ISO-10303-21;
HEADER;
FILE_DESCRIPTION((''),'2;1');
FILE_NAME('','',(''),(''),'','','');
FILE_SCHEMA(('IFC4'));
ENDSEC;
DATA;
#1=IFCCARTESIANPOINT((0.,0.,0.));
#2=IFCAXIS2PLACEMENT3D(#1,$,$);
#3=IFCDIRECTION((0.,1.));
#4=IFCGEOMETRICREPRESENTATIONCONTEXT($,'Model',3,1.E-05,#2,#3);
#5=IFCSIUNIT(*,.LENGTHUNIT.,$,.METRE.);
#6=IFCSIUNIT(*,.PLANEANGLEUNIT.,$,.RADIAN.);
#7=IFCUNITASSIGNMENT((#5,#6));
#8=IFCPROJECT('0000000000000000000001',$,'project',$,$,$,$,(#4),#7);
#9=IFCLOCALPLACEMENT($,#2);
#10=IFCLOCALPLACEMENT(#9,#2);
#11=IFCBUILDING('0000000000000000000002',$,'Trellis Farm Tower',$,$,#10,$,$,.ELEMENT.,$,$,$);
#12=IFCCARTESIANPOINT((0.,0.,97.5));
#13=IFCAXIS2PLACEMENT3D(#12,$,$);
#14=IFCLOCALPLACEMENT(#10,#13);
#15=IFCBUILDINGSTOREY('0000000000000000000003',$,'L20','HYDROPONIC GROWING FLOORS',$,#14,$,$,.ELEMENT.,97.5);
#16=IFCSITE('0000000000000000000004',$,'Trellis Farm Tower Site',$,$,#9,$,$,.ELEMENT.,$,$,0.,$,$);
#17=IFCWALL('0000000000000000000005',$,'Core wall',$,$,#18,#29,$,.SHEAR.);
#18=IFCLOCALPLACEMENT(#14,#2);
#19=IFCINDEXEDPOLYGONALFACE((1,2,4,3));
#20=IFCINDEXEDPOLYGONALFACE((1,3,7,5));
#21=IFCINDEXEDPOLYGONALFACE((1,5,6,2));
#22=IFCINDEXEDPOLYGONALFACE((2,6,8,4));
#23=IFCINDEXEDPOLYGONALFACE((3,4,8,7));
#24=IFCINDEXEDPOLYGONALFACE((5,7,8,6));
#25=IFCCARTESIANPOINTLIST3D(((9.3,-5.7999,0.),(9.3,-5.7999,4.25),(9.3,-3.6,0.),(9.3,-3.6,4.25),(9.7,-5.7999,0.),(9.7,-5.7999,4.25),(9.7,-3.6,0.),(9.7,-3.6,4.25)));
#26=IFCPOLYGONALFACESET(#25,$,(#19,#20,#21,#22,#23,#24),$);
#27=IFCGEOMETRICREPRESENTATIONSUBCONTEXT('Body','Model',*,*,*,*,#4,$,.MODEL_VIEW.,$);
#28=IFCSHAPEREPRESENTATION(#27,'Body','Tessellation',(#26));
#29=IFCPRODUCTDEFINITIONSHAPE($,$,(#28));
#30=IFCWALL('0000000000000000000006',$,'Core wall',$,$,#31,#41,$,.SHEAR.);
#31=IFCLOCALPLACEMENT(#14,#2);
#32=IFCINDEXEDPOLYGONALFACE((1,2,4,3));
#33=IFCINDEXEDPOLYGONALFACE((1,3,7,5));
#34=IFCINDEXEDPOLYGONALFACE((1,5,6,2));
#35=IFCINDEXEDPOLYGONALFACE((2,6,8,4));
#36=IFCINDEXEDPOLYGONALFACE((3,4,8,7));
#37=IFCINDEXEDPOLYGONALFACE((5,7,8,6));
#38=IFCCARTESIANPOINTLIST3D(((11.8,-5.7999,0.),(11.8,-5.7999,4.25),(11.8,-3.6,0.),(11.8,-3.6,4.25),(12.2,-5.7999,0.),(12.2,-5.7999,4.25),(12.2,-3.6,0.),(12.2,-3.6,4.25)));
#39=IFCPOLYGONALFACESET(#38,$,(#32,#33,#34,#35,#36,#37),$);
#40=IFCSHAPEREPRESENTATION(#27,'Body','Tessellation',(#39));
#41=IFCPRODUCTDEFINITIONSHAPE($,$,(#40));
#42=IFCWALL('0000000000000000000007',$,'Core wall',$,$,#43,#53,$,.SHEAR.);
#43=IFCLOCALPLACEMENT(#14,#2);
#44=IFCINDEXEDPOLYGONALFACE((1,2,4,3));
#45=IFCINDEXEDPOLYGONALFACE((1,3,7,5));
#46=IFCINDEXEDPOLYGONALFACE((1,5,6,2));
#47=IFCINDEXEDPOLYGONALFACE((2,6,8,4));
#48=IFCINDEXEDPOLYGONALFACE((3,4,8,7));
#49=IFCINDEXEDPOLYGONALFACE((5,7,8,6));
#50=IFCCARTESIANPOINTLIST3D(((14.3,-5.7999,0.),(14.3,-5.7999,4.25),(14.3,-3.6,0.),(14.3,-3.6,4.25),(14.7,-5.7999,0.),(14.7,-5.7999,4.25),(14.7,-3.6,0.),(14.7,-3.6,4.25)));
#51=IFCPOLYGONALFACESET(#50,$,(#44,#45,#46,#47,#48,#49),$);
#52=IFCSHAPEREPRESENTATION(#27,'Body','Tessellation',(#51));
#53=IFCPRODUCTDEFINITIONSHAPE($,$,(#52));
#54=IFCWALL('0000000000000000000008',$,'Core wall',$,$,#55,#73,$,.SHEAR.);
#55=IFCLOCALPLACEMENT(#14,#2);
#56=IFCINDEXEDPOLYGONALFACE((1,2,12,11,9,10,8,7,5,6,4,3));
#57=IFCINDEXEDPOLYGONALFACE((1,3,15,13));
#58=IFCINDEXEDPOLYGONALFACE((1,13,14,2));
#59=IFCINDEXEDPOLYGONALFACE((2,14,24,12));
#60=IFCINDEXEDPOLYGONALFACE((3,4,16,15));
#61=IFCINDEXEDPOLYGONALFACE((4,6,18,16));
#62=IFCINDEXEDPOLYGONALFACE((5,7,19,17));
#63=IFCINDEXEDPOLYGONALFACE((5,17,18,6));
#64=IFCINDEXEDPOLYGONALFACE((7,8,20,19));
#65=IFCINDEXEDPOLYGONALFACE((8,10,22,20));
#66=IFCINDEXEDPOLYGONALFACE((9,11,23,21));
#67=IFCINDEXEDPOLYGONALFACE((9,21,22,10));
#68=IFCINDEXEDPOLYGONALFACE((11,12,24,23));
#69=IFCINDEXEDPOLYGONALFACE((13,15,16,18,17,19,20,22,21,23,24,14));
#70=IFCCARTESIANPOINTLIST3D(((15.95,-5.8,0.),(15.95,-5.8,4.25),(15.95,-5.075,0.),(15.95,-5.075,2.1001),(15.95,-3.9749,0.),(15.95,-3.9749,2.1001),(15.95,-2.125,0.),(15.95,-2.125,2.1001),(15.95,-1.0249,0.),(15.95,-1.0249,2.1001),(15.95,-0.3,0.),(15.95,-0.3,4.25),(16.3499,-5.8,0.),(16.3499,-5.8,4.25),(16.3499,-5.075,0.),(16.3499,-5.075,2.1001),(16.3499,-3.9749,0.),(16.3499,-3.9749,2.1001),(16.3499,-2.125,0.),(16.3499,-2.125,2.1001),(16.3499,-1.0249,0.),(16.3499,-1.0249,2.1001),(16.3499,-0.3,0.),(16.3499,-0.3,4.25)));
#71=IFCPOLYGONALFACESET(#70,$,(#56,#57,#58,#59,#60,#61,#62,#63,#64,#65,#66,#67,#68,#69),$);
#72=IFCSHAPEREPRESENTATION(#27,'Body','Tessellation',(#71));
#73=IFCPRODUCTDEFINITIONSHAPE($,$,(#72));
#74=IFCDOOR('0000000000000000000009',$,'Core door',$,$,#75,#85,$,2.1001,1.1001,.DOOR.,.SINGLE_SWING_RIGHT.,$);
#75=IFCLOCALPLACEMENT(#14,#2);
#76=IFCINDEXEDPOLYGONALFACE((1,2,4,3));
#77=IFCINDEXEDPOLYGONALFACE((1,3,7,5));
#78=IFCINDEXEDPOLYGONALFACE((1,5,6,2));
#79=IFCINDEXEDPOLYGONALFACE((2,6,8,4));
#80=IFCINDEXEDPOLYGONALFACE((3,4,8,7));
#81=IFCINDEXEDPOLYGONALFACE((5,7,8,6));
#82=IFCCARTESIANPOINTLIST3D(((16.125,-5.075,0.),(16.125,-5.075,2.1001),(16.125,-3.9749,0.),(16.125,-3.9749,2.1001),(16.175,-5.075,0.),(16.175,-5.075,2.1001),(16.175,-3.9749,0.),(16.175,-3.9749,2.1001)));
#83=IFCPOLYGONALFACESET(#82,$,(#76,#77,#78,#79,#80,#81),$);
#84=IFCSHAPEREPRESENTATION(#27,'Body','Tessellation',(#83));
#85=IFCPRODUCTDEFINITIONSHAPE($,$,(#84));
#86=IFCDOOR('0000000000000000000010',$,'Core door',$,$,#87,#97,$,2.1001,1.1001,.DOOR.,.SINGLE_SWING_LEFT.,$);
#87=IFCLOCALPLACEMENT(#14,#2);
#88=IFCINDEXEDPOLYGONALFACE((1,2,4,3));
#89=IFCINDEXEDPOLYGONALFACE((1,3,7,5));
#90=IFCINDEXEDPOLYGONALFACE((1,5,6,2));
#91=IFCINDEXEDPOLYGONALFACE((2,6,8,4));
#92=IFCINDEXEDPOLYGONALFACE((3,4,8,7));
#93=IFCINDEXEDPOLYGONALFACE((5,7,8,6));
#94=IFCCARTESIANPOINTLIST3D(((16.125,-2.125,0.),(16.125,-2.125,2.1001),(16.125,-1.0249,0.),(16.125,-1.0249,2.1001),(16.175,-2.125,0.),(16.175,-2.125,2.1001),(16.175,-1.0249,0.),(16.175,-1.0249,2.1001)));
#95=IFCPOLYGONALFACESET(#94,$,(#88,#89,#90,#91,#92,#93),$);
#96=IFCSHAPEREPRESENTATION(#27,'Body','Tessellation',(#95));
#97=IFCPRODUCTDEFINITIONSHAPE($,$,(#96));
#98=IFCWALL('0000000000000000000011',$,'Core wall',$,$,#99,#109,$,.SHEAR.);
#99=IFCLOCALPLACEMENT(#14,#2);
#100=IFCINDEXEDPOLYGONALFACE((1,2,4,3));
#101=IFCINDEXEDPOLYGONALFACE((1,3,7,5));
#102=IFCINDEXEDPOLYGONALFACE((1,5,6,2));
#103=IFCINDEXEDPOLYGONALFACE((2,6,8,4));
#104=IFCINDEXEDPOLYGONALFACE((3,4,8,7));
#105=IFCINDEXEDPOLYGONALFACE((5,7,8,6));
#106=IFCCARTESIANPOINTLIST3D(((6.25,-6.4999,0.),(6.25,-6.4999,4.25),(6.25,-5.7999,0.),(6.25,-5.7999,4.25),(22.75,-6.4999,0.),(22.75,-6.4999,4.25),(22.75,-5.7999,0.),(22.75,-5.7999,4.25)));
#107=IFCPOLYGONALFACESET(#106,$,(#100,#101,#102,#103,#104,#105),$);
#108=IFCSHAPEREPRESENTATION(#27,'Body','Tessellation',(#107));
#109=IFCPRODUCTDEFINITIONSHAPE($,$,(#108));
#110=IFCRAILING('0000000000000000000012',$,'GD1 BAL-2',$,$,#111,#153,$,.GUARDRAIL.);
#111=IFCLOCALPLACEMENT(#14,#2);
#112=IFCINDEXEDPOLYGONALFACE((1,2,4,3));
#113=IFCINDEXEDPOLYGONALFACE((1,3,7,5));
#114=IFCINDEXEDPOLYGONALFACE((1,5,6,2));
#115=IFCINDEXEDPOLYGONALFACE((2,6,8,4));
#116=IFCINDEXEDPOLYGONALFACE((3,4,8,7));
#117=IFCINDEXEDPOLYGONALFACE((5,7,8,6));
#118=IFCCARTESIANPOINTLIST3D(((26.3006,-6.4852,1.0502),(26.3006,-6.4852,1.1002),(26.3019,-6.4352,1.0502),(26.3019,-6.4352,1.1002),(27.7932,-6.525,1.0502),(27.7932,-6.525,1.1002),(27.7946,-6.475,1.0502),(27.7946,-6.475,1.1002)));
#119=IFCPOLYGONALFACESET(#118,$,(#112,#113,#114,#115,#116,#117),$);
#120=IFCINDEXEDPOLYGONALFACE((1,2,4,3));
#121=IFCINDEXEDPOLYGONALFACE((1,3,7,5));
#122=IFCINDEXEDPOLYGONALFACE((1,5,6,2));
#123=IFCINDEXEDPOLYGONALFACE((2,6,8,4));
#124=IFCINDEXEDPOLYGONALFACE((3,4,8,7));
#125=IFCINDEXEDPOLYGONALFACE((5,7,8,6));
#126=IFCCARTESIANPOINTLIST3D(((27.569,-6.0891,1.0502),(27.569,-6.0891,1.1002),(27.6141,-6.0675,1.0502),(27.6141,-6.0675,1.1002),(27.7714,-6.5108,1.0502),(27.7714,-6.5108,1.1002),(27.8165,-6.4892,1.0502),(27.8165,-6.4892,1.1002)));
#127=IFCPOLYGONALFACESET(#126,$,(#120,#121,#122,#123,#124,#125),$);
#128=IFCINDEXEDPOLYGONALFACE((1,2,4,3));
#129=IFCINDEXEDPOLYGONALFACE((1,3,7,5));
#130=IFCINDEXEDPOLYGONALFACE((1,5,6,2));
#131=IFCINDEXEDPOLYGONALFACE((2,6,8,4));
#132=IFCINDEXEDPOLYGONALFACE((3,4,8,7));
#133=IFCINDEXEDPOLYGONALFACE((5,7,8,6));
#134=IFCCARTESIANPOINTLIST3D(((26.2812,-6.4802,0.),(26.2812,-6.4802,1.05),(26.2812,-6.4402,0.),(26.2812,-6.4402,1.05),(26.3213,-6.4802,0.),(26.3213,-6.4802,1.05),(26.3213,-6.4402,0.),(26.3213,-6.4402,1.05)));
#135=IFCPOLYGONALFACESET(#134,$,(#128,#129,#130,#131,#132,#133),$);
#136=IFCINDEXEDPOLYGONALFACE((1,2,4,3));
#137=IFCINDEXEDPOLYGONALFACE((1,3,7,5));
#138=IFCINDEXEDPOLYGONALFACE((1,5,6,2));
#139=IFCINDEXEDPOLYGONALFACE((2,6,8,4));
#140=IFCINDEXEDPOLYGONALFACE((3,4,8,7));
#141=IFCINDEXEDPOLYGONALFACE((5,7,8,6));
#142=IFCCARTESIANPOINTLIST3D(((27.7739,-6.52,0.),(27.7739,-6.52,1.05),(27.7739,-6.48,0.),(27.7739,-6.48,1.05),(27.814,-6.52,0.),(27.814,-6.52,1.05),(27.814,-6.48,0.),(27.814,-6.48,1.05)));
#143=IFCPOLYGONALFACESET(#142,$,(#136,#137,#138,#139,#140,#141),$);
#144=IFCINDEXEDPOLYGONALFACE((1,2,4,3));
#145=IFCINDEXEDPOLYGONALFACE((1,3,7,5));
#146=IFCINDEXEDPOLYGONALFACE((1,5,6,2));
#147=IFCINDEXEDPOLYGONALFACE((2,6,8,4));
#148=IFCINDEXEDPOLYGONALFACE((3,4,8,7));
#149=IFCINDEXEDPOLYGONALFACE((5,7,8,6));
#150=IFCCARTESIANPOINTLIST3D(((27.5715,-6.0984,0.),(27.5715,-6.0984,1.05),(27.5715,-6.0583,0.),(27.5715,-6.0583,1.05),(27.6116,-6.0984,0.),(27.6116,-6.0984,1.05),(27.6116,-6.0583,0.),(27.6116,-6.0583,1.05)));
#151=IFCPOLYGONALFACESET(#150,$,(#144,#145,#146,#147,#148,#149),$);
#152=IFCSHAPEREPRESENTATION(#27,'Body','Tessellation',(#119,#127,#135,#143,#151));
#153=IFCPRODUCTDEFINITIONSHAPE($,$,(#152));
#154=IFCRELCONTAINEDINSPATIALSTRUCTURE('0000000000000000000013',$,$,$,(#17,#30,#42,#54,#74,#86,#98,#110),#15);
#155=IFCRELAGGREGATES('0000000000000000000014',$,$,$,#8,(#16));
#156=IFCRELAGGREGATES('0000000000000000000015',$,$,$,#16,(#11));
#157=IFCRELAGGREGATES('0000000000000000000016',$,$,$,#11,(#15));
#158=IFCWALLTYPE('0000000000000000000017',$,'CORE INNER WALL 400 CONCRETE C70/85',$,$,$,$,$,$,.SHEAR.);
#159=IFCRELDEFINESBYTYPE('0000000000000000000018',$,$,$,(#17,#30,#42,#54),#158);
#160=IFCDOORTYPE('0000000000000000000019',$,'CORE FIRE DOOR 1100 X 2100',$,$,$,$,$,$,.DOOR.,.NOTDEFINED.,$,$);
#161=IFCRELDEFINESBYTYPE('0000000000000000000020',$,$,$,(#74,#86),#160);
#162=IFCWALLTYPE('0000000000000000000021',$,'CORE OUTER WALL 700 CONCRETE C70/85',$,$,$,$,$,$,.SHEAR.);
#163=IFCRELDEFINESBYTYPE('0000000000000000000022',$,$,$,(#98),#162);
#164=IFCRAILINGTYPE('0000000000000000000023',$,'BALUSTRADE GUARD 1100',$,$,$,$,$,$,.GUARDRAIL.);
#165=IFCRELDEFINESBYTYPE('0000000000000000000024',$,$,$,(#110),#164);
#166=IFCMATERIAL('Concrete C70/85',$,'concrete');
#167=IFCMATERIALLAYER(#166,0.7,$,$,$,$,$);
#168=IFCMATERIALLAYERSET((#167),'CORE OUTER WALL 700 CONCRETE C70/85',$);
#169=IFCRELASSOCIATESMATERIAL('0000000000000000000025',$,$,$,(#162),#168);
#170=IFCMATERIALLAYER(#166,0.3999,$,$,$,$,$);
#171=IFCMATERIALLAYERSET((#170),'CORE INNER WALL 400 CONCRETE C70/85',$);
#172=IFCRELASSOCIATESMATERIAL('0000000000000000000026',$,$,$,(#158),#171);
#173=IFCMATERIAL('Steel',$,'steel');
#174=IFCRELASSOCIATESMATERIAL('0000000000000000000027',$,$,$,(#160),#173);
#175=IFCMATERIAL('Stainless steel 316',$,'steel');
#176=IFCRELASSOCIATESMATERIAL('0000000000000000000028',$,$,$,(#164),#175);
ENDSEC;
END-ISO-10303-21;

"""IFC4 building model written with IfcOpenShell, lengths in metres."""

from ifc_helpers import new_model, si_unit, direction, frame, frame_2d, origin, origin_2d, place, context, subcontext, project, spatial, rectangle, extrude, source, transform, mapped, material, layer, layer_set, type_object, element, fill, save


model = new_model("IFC4")

# Units and contexts
model_context = context("Model", 3, precision=1e-05, world=origin(), true_north=direction((0.0, 1.0)))
body_context = subcontext(model_context, "Body", "Model", "MODEL_VIEW")
ifc_project = project(units=[si_unit("LENGTHUNIT", "METRE"), si_unit("PLANEANGLEUNIT", "RADIAN")], contexts=[model_context])

# Site, building, storey
site_placement = place(None, origin())
site = spatial("IfcSite", under=ifc_project, at=site_placement, Name="Trellis Farm Tower Site", CompositionType="ELEMENT", RefElevation=0.0)
building_placement = place(site_placement, origin())
building = spatial("IfcBuilding", under=site, at=building_placement, Name="Trellis Farm Tower", CompositionType="ELEMENT")
storey_placement = place(building_placement, frame((0.0, 0.0, 97.5)))
storey = spatial("IfcBuildingStorey", under=building, at=storey_placement, Name="L20", Description="HYDROPONIC GROWING FLOORS", CompositionType="ELEMENT", Elevation=97.5)

# Shared definitions
ifc_material_1 = material(Name="Concrete C70/85", Category="concrete")
ifc_layer_1 = layer(ifc_material_1, 0.7)
ifc_layer_set_1 = layer_set([ifc_layer_1], Name="CORE OUTER WALL 700 CONCRETE C70/85")
wall_type_1 = type_object("IfcWallType", Name="CORE OUTER WALL 700 CONCRETE C70/85", PredefinedType="SHEAR", material=ifc_layer_set_1)
ifc_material_2 = material(Name="Steel", Category="steel")

# Walls
ifc_layer_2 = layer(ifc_material_1, 0.3999)
ifc_layer_set_2 = layer_set([ifc_layer_2], Name="CORE INNER WALL 400 CONCRETE C70/85")
wall_type_2 = type_object("IfcWallType", Name="CORE INNER WALL 400 CONCRETE C70/85", PredefinedType="SHEAR", material=ifc_layer_set_2)
shared_shape_1 = source(origin(), body_context, "Body", "SweptSolid", [
    extrude(rectangle(XDim=2.2, YDim=0.3999, at=frame_2d((1.1001, 0.0))), origin(), (0.0, 0.0, 1.0), 4.25),
])
for number, where, z_axis, x_axis, name in (
    (1, (9.5, -5.8, 0.0), (0.0, 0.0, 1.0), (0.0, 1.0, 0.0), "Core wall"),
    (2, (12.0, -5.8, 0.0), (0.0, 0.0, 1.0), (0.0, 1.0, 0.0), "Core wall"),
    (3, (14.5, -5.8, 0.0), (0.0, 0.0, 1.0), (0.0, 1.0, 0.0), "Core wall"),
):
    element("IfcWall", number, at=place(storey_placement, frame(where, z_axis=z_axis, x_axis=x_axis)), inside=storey, type_object=wall_type_2, Name=name, PredefinedType="SHEAR", context=body_context, shape_type="MappedRepresentation", body=[
        mapped(shared_shape_1, transform((0.0, 0.0, 0.0))),
    ])

# Wall, openings, doors
shared_shape_2 = source(origin(), body_context, "Body", "SweptSolid", [
    extrude(rectangle(XDim=5.5, YDim=0.3999, at=frame_2d((2.75, 0.0))), origin(), (0.0, 0.0, 1.0), 4.25),
])
wall_1_placement = place(storey_placement, frame((16.1499, -5.8, 0.0), z_axis=(0.0, 0.0, 1.0), x_axis=(0.0, 1.0, 0.0)))
wall_1 = element("IfcWall", 4, at=wall_1_placement, inside=storey, type_object=wall_type_2, Name="Core wall", PredefinedType="SHEAR", context=body_context, shape_type="MappedRepresentation", body=[
    mapped(shared_shape_2, transform((0.0, 0.0, 0.0))),
])
shared_shape_3 = source(origin(), body_context, "Body", "SweptSolid", [
    extrude(rectangle(XDim=1.1001, YDim=2.1001, at=frame_2d((0.55, 1.05))), frame((0.0, 0.21, 0.0), z_axis=(0.0, -1.0, 0.0), x_axis=(1.0, 0.0, 0.0)), (0.0, 0.0, 1.0), 0.4199),
])
opening_1_placement = place(wall_1_placement, frame((0.7251, 0.0, 0.0)))
opening_1 = element("IfcOpeningElement", 5, at=opening_1_placement, cuts=wall_1, PredefinedType="OPENING", context=body_context, shape_type="MappedRepresentation", body=[
    mapped(shared_shape_3, transform((0.0, 0.0, 0.0))),
])
opening_2_placement = place(wall_1_placement, frame((3.675, 0.0, 0.0)))
opening_2 = element("IfcOpeningElement", 6, at=opening_2_placement, cuts=wall_1, PredefinedType="OPENING", context=body_context, shape_type="MappedRepresentation", body=[
    mapped(shared_shape_3, transform((0.0, 0.0, 0.0))),
])
door_type_1 = type_object("IfcDoorType", Name="CORE FIRE DOOR 1100 X 2100", OperationType="NOTDEFINED", PredefinedType="DOOR", material=ifc_material_2)
shared_shape_4 = source(origin(), body_context, "Body", "SweptSolid", [
    extrude(rectangle(XDim=1.1001, YDim=2.1001, at=frame_2d((0.55, 1.05))), frame((0.0, 0.0249, 0.0), z_axis=(0.0, -1.0, 0.0), x_axis=(1.0, 0.0, 0.0)), (0.0, 0.0, 1.0), 0.05),
])
door_1_placement = place(opening_1_placement, origin())
door_1 = element("IfcDoor", 7, at=door_1_placement, inside=storey, type_object=door_type_1, Name="Core door", OperationType="SINGLE_SWING_RIGHT", OverallHeight=2.1001, OverallWidth=1.1001, PredefinedType="DOOR", context=body_context, shape_type="MappedRepresentation", body=[
    mapped(shared_shape_4, transform((0.0, 0.0, 0.0))),
])
fill(opening_1, door_1)
door_2_placement = place(opening_2_placement, origin())
door_2 = element("IfcDoor", 8, at=door_2_placement, inside=storey, type_object=door_type_1, Name="Core door", OperationType="SINGLE_SWING_LEFT", OverallHeight=2.1001, OverallWidth=1.1001, PredefinedType="DOOR", context=body_context, shape_type="MappedRepresentation", body=[
    mapped(shared_shape_4, transform((0.0, 0.0, 0.0))),
])
fill(opening_2, door_2)

# Wall
shared_shape_5 = source(origin(), body_context, "Body", "SweptSolid", [
    extrude(rectangle(XDim=16.5, YDim=0.7, at=frame_2d((8.25, 0.0))), origin(), (0.0, 0.0, 1.0), 4.25),
])
wall_2_placement = place(storey_placement, frame((6.25, -6.1499, 0.0), z_axis=(0.0, 0.0, 1.0), x_axis=(1.0, 0.0, 0.0)))
element("IfcWall", 9, at=wall_2_placement, inside=storey, type_object=wall_type_1, Name="Core wall", PredefinedType="SHEAR", context=body_context, shape_type="MappedRepresentation", body=[
    mapped(shared_shape_5, transform((0.0, 0.0, 0.0))),
])

# Railing
ifc_material_3 = material(Name="Stainless steel 316", Category="steel")
railing_type_1 = type_object("IfcRailingType", Name="BALUSTRADE GUARD 1100", PredefinedType="GUARDRAIL", material=ifc_material_3)
railing_1_placement = place(storey_placement, frame((26.3013, -6.4602, 0.0)))
element("IfcRailing", 10, at=railing_1_placement, inside=storey, type_object=railing_type_1, Name="GD1 BAL-2", PredefinedType="GUARDRAIL", context=body_context, shape_type="SweptSolid", body=[
    extrude(rectangle(XDim=0.05, YDim=0.05, at=origin_2d()), frame((0.0, 0.0, 1.0752), z_axis=(0.999645, -0.026651, 0.0), x_axis=(0.026651, 0.999645, 0.0)), (0.0, 0.0, 1.0), 1.4932),
    extrude(rectangle(XDim=0.05, YDim=0.05, at=origin_2d()), frame((1.4927, -0.0398, 1.0752), z_axis=(-0.432748, 0.901515, 0.0), x_axis=(-0.901515, -0.432748, 0.0)), (0.0, 0.0, 1.0), 0.4678),
    extrude(rectangle(XDim=0.04, YDim=0.04, at=origin_2d()), origin(), (0.0, 0.0, 1.0), 1.05),
    extrude(rectangle(XDim=0.04, YDim=0.04, at=origin_2d()), frame((1.4927, -0.0398, 0.0)), (0.0, 0.0, 1.0), 1.05),
    extrude(rectangle(XDim=0.04, YDim=0.04, at=origin_2d()), frame((1.2903, 0.3818, 0.0)), (0.0, 0.0, 1.0), 1.05),
])

save(model, "model.ifc")
